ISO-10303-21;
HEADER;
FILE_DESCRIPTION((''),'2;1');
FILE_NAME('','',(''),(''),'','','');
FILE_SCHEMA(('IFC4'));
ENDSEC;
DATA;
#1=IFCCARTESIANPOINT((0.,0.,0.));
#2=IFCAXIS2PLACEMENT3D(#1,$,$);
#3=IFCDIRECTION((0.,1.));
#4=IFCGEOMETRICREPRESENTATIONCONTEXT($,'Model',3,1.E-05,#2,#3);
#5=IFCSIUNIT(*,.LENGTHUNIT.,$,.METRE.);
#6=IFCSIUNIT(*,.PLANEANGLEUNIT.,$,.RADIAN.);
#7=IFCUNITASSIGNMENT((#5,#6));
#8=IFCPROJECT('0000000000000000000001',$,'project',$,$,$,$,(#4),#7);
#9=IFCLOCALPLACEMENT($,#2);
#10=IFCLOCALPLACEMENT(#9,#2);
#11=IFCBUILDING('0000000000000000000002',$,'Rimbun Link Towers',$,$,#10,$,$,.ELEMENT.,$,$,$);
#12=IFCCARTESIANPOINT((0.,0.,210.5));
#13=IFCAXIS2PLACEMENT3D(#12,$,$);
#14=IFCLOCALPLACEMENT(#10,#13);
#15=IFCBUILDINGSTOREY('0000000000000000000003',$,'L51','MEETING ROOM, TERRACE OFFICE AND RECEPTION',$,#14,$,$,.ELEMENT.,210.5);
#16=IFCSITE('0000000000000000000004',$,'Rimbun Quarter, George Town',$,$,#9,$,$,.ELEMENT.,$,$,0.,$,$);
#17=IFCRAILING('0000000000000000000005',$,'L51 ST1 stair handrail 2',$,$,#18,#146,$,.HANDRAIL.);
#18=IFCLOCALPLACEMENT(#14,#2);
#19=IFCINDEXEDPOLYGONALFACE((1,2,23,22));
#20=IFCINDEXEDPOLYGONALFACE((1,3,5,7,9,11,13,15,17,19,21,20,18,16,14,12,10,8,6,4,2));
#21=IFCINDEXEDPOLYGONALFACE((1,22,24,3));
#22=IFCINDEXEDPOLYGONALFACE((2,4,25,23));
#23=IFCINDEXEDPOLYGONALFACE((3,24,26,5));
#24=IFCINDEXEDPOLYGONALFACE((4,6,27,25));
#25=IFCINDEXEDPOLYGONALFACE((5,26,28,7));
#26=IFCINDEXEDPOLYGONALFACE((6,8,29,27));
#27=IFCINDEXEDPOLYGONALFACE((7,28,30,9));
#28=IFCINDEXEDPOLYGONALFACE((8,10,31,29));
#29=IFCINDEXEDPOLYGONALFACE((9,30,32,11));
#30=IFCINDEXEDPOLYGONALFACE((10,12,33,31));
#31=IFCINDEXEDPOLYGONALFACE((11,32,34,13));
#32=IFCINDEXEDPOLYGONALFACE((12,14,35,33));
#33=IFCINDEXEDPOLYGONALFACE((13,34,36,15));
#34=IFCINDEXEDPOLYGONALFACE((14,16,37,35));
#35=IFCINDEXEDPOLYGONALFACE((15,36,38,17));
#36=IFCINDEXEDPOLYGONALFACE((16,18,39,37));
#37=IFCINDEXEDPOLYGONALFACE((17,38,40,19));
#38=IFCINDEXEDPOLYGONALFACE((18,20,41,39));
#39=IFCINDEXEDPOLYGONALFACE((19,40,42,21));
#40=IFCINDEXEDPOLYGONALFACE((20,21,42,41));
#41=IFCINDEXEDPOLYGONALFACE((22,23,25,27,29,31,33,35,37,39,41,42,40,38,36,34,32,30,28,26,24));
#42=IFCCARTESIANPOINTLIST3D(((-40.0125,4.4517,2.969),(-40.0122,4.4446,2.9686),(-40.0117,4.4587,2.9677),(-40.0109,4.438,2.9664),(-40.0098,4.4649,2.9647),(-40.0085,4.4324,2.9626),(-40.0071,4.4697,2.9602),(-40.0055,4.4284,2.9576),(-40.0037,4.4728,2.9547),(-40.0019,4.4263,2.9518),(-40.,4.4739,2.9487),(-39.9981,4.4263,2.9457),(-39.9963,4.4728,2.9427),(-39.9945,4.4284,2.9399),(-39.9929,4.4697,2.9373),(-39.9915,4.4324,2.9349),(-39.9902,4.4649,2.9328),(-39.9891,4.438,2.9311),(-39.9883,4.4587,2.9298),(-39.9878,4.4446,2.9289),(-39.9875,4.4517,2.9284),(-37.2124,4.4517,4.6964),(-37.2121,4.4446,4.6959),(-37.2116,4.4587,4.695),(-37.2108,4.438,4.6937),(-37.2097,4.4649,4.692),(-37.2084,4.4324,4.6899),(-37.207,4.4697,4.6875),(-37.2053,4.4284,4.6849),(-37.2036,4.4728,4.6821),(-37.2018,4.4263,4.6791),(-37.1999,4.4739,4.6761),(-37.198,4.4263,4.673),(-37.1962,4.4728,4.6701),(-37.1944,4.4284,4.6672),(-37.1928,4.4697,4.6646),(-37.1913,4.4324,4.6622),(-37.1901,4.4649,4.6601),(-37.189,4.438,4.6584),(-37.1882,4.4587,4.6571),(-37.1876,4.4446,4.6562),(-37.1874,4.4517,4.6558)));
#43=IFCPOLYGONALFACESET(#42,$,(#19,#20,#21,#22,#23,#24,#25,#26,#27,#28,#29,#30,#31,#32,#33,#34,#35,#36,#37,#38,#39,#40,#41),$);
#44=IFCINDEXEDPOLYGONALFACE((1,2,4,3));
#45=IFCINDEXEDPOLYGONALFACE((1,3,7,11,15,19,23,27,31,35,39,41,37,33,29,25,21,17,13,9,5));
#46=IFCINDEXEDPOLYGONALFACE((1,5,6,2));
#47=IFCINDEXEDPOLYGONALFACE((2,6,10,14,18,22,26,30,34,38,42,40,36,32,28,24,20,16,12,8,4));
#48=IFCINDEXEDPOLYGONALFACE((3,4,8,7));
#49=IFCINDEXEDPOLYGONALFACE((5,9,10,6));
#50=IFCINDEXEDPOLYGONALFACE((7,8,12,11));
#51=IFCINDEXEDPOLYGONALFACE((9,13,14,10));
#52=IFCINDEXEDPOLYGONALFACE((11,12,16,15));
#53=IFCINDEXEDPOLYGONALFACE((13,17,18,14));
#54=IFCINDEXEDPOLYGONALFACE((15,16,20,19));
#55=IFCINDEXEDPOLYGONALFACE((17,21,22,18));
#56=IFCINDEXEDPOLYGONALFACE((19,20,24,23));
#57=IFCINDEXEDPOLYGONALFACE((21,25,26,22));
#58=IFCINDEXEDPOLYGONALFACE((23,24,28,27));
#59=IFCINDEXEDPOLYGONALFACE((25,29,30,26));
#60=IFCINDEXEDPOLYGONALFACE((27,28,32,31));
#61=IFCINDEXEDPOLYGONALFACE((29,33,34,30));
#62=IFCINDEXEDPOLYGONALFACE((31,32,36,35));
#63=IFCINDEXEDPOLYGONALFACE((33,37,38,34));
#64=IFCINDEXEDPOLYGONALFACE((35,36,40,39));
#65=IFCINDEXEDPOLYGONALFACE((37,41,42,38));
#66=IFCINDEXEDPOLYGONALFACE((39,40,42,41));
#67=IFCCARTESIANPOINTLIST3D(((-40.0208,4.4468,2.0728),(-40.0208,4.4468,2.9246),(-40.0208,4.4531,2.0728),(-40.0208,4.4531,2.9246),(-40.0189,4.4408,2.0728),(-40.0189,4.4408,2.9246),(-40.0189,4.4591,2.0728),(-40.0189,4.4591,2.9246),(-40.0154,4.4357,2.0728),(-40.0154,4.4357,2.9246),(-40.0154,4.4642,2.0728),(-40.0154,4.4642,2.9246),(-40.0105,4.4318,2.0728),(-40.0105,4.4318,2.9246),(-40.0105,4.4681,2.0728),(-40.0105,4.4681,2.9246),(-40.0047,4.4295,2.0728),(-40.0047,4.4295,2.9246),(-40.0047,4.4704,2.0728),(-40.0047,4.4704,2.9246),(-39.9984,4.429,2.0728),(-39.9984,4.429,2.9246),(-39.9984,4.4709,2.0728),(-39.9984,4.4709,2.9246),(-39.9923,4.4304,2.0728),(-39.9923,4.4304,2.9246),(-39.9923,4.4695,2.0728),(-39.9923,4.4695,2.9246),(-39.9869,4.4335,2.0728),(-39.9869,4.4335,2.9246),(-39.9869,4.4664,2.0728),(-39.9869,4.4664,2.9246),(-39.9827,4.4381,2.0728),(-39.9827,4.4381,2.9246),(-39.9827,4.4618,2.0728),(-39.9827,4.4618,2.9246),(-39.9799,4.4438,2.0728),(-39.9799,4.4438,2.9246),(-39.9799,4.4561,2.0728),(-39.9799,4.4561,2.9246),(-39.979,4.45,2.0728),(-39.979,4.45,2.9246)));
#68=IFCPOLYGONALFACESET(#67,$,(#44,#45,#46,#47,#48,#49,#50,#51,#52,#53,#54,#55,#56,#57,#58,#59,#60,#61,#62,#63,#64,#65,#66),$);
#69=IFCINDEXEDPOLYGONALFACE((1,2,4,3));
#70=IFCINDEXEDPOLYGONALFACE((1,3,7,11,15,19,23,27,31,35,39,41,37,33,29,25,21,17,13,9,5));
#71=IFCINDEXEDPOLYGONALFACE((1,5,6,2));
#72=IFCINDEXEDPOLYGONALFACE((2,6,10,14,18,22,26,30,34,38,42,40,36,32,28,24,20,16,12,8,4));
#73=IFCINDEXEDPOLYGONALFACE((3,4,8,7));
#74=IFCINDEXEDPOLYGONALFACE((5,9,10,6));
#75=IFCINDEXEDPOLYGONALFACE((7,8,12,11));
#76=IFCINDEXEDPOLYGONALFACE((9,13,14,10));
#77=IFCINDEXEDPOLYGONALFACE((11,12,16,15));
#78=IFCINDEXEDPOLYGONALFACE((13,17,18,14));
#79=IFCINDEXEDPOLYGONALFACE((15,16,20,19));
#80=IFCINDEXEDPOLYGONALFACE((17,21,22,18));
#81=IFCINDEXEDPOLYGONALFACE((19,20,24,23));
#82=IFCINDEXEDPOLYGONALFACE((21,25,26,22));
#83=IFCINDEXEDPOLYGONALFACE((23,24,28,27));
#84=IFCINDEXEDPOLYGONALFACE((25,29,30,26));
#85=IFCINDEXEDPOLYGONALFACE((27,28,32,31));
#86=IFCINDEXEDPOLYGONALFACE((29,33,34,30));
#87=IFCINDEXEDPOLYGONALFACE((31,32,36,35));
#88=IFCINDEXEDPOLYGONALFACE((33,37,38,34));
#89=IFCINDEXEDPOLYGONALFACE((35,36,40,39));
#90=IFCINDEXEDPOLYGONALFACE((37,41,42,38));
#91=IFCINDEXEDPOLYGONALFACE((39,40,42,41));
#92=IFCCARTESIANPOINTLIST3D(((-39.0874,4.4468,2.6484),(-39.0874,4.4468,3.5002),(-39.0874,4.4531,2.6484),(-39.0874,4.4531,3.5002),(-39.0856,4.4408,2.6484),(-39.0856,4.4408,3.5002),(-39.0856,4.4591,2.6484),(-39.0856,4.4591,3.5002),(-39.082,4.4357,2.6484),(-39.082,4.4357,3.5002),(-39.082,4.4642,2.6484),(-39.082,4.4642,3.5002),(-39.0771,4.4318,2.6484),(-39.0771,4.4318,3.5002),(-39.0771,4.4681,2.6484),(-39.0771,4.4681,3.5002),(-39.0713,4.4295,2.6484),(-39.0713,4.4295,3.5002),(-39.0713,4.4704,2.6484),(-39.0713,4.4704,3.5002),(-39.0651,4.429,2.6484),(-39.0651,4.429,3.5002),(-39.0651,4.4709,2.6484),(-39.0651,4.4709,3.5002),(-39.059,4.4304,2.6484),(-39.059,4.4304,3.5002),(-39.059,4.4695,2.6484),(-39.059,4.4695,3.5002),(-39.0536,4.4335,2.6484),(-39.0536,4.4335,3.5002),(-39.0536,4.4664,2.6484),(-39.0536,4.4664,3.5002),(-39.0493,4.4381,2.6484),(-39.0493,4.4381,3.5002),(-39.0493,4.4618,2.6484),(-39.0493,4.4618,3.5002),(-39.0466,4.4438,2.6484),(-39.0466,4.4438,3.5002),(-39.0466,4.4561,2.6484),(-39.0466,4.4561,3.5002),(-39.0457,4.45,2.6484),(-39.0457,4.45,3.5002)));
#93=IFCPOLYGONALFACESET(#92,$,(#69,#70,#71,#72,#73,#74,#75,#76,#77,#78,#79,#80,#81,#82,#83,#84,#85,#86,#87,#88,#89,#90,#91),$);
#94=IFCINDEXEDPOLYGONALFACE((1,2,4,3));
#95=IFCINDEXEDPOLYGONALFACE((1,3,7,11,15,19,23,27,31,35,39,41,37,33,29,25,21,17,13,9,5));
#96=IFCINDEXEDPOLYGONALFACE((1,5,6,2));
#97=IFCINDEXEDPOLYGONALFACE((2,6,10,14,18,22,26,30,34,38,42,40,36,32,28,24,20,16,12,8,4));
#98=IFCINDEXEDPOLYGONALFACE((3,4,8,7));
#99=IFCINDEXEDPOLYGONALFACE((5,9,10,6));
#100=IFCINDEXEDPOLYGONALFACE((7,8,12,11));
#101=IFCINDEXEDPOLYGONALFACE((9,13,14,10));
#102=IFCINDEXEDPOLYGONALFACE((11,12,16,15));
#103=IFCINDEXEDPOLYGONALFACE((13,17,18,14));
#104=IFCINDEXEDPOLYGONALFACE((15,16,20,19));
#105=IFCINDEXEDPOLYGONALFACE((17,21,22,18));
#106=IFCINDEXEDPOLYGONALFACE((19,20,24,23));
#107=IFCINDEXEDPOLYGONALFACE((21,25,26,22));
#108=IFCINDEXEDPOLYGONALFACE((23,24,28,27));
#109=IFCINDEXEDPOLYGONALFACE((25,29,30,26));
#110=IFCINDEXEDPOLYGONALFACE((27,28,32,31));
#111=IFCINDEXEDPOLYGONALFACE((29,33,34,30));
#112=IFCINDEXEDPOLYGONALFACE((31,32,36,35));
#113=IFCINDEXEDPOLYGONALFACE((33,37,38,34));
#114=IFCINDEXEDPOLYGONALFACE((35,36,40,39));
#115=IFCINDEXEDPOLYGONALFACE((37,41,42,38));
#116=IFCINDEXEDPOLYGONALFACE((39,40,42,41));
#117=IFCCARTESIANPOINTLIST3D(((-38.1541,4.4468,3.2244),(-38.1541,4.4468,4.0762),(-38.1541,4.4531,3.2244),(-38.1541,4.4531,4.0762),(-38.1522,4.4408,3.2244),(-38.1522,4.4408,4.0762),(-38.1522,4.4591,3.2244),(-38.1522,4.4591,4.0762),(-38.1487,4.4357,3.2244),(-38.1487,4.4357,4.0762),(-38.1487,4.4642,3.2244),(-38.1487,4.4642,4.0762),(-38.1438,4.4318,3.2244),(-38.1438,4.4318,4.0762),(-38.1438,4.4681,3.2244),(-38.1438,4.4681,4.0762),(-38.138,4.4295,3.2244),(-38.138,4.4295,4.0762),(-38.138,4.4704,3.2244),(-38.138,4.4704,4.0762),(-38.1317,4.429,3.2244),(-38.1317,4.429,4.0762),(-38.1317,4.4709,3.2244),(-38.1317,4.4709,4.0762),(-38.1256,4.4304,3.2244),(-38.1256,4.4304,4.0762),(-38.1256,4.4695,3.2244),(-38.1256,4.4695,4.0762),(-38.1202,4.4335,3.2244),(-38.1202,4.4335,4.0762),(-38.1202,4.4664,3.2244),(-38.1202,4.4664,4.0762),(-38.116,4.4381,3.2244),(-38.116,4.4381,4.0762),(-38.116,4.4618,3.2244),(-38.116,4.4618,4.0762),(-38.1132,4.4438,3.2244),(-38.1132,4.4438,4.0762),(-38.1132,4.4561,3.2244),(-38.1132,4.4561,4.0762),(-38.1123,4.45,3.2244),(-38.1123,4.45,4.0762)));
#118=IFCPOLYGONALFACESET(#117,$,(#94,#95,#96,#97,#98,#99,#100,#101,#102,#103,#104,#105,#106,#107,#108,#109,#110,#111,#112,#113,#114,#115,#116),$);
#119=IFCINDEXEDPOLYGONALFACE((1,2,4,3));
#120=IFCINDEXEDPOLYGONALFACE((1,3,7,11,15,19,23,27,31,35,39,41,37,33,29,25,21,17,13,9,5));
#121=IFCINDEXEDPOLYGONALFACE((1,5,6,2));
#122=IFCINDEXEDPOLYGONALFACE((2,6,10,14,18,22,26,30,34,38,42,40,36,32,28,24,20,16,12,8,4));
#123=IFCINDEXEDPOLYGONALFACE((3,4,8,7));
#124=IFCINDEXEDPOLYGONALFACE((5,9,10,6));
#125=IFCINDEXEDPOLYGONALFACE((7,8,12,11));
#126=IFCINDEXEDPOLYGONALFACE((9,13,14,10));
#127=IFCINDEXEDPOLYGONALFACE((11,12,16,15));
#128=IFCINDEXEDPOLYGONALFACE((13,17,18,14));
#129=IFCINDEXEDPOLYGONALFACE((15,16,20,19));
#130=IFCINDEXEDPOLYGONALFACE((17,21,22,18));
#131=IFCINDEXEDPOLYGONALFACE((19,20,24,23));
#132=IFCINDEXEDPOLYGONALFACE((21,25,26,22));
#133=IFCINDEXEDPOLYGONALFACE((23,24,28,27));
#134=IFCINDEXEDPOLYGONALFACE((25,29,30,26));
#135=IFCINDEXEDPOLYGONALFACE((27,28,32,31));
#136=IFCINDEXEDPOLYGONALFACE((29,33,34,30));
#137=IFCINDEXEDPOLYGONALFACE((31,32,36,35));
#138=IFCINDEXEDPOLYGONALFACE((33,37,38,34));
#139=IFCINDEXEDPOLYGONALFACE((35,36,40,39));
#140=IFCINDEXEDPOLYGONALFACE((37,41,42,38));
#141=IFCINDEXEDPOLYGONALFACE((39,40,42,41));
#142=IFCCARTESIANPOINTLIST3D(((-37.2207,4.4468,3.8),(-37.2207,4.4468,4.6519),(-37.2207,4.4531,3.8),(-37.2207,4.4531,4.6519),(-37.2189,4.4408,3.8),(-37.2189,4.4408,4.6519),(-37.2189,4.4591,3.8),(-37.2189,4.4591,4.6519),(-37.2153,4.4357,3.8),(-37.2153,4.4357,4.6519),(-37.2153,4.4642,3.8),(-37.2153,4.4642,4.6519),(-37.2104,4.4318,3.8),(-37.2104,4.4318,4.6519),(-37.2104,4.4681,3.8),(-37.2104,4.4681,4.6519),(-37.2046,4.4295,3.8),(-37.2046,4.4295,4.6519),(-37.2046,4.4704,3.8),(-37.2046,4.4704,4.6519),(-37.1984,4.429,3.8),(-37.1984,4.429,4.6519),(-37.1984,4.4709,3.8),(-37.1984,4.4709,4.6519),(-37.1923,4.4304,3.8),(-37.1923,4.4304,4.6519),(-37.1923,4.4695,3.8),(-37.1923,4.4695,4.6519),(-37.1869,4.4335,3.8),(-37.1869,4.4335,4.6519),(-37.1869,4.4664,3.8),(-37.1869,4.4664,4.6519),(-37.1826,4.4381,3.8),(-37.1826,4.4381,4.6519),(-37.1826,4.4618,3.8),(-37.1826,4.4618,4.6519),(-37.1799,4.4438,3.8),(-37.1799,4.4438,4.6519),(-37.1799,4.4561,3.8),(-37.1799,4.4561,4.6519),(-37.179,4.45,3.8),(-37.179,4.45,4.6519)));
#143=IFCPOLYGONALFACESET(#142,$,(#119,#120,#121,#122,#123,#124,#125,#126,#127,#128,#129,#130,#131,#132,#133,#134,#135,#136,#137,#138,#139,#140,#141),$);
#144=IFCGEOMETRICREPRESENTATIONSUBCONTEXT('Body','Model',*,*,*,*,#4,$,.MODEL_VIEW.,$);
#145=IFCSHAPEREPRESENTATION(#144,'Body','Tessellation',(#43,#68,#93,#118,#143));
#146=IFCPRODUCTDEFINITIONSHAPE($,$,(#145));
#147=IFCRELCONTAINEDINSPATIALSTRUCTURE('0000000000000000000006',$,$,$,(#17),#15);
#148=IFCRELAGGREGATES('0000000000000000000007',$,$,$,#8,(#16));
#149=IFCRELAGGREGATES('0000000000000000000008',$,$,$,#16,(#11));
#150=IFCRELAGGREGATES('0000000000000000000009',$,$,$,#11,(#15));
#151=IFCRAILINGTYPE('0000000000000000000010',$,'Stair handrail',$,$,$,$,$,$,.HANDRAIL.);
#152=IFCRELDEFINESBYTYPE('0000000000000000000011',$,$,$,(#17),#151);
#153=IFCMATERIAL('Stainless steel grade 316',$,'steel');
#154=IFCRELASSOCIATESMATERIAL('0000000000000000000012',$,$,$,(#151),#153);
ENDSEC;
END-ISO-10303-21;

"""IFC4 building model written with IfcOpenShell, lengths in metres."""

from ifc_helpers import new_model, si_unit, direction, frame, origin, origin_2d, place, context, subcontext, project, spatial, circle, extrude, material, type_object, element, save


model = new_model("IFC4")

# Units and contexts
model_context = context("Model", 3, precision=1e-05, world=origin(), true_north=direction((0.0, 1.0)))
body_context = subcontext(model_context, "Body", "Model", "MODEL_VIEW")
ifc_project = project(units=[si_unit("LENGTHUNIT", "METRE"), si_unit("PLANEANGLEUNIT", "RADIAN")], contexts=[model_context])

# Site, building, storey
site_placement = place(None, origin())
site = spatial("IfcSite", under=ifc_project, at=site_placement, Name="Rimbun Quarter, George Town", CompositionType="ELEMENT", RefElevation=0.0)
building_placement = place(site_placement, origin())
building = spatial("IfcBuilding", under=site, at=building_placement, Name="Rimbun Link Towers", CompositionType="ELEMENT")
storey_placement = place(building_placement, frame((0.0, 0.0, 210.5)))
storey = spatial("IfcBuildingStorey", under=building, at=storey_placement, Name="L51", Description="MEETING ROOM, TERRACE OFFICE AND RECEPTION", CompositionType="ELEMENT", Elevation=210.5)

# Railing
ifc_material_1 = material(Name="Stainless steel grade 316", Category="steel")
railing_type_1 = type_object("IfcRailingType", Name="Stair handrail", PredefinedType="HANDRAIL", material=ifc_material_1)
railing_1_placement = place(storey_placement, frame((-40.0, 4.45, 2.0728)))
element("IfcRailing", 1, at=railing_1_placement, inside=storey, type_object=railing_type_1, Name="L51 ST1 stair handrail 2", PredefinedType="HANDRAIL", context=body_context, shape_type="SweptSolid", body=[
    extrude(circle(Radius=0.0239, at=origin_2d()), frame((0.0, 0.0, 0.876), z_axis=(0.85109, 0.0, 0.52502), x_axis=(0.0, 1.0, 0.0)), (0.0, 0.0, 1.0), 3.29),
    extrude(circle(Radius=0.021, at=origin_2d()), origin(), (0.0, 0.0, 1.0), 0.8518),
    extrude(circle(Radius=0.021, at=origin_2d()), frame((0.9333, 0.0, 0.5757)), (0.0, 0.0, 1.0), 0.8518),
    extrude(circle(Radius=0.021, at=origin_2d()), frame((1.8667, 0.0, 1.1516)), (0.0, 0.0, 1.0), 0.8518),
    extrude(circle(Radius=0.021, at=origin_2d()), frame((2.8, 0.0, 1.7273)), (0.0, 0.0, 1.0), 0.8518),
])

save(model, "model.ifc")
